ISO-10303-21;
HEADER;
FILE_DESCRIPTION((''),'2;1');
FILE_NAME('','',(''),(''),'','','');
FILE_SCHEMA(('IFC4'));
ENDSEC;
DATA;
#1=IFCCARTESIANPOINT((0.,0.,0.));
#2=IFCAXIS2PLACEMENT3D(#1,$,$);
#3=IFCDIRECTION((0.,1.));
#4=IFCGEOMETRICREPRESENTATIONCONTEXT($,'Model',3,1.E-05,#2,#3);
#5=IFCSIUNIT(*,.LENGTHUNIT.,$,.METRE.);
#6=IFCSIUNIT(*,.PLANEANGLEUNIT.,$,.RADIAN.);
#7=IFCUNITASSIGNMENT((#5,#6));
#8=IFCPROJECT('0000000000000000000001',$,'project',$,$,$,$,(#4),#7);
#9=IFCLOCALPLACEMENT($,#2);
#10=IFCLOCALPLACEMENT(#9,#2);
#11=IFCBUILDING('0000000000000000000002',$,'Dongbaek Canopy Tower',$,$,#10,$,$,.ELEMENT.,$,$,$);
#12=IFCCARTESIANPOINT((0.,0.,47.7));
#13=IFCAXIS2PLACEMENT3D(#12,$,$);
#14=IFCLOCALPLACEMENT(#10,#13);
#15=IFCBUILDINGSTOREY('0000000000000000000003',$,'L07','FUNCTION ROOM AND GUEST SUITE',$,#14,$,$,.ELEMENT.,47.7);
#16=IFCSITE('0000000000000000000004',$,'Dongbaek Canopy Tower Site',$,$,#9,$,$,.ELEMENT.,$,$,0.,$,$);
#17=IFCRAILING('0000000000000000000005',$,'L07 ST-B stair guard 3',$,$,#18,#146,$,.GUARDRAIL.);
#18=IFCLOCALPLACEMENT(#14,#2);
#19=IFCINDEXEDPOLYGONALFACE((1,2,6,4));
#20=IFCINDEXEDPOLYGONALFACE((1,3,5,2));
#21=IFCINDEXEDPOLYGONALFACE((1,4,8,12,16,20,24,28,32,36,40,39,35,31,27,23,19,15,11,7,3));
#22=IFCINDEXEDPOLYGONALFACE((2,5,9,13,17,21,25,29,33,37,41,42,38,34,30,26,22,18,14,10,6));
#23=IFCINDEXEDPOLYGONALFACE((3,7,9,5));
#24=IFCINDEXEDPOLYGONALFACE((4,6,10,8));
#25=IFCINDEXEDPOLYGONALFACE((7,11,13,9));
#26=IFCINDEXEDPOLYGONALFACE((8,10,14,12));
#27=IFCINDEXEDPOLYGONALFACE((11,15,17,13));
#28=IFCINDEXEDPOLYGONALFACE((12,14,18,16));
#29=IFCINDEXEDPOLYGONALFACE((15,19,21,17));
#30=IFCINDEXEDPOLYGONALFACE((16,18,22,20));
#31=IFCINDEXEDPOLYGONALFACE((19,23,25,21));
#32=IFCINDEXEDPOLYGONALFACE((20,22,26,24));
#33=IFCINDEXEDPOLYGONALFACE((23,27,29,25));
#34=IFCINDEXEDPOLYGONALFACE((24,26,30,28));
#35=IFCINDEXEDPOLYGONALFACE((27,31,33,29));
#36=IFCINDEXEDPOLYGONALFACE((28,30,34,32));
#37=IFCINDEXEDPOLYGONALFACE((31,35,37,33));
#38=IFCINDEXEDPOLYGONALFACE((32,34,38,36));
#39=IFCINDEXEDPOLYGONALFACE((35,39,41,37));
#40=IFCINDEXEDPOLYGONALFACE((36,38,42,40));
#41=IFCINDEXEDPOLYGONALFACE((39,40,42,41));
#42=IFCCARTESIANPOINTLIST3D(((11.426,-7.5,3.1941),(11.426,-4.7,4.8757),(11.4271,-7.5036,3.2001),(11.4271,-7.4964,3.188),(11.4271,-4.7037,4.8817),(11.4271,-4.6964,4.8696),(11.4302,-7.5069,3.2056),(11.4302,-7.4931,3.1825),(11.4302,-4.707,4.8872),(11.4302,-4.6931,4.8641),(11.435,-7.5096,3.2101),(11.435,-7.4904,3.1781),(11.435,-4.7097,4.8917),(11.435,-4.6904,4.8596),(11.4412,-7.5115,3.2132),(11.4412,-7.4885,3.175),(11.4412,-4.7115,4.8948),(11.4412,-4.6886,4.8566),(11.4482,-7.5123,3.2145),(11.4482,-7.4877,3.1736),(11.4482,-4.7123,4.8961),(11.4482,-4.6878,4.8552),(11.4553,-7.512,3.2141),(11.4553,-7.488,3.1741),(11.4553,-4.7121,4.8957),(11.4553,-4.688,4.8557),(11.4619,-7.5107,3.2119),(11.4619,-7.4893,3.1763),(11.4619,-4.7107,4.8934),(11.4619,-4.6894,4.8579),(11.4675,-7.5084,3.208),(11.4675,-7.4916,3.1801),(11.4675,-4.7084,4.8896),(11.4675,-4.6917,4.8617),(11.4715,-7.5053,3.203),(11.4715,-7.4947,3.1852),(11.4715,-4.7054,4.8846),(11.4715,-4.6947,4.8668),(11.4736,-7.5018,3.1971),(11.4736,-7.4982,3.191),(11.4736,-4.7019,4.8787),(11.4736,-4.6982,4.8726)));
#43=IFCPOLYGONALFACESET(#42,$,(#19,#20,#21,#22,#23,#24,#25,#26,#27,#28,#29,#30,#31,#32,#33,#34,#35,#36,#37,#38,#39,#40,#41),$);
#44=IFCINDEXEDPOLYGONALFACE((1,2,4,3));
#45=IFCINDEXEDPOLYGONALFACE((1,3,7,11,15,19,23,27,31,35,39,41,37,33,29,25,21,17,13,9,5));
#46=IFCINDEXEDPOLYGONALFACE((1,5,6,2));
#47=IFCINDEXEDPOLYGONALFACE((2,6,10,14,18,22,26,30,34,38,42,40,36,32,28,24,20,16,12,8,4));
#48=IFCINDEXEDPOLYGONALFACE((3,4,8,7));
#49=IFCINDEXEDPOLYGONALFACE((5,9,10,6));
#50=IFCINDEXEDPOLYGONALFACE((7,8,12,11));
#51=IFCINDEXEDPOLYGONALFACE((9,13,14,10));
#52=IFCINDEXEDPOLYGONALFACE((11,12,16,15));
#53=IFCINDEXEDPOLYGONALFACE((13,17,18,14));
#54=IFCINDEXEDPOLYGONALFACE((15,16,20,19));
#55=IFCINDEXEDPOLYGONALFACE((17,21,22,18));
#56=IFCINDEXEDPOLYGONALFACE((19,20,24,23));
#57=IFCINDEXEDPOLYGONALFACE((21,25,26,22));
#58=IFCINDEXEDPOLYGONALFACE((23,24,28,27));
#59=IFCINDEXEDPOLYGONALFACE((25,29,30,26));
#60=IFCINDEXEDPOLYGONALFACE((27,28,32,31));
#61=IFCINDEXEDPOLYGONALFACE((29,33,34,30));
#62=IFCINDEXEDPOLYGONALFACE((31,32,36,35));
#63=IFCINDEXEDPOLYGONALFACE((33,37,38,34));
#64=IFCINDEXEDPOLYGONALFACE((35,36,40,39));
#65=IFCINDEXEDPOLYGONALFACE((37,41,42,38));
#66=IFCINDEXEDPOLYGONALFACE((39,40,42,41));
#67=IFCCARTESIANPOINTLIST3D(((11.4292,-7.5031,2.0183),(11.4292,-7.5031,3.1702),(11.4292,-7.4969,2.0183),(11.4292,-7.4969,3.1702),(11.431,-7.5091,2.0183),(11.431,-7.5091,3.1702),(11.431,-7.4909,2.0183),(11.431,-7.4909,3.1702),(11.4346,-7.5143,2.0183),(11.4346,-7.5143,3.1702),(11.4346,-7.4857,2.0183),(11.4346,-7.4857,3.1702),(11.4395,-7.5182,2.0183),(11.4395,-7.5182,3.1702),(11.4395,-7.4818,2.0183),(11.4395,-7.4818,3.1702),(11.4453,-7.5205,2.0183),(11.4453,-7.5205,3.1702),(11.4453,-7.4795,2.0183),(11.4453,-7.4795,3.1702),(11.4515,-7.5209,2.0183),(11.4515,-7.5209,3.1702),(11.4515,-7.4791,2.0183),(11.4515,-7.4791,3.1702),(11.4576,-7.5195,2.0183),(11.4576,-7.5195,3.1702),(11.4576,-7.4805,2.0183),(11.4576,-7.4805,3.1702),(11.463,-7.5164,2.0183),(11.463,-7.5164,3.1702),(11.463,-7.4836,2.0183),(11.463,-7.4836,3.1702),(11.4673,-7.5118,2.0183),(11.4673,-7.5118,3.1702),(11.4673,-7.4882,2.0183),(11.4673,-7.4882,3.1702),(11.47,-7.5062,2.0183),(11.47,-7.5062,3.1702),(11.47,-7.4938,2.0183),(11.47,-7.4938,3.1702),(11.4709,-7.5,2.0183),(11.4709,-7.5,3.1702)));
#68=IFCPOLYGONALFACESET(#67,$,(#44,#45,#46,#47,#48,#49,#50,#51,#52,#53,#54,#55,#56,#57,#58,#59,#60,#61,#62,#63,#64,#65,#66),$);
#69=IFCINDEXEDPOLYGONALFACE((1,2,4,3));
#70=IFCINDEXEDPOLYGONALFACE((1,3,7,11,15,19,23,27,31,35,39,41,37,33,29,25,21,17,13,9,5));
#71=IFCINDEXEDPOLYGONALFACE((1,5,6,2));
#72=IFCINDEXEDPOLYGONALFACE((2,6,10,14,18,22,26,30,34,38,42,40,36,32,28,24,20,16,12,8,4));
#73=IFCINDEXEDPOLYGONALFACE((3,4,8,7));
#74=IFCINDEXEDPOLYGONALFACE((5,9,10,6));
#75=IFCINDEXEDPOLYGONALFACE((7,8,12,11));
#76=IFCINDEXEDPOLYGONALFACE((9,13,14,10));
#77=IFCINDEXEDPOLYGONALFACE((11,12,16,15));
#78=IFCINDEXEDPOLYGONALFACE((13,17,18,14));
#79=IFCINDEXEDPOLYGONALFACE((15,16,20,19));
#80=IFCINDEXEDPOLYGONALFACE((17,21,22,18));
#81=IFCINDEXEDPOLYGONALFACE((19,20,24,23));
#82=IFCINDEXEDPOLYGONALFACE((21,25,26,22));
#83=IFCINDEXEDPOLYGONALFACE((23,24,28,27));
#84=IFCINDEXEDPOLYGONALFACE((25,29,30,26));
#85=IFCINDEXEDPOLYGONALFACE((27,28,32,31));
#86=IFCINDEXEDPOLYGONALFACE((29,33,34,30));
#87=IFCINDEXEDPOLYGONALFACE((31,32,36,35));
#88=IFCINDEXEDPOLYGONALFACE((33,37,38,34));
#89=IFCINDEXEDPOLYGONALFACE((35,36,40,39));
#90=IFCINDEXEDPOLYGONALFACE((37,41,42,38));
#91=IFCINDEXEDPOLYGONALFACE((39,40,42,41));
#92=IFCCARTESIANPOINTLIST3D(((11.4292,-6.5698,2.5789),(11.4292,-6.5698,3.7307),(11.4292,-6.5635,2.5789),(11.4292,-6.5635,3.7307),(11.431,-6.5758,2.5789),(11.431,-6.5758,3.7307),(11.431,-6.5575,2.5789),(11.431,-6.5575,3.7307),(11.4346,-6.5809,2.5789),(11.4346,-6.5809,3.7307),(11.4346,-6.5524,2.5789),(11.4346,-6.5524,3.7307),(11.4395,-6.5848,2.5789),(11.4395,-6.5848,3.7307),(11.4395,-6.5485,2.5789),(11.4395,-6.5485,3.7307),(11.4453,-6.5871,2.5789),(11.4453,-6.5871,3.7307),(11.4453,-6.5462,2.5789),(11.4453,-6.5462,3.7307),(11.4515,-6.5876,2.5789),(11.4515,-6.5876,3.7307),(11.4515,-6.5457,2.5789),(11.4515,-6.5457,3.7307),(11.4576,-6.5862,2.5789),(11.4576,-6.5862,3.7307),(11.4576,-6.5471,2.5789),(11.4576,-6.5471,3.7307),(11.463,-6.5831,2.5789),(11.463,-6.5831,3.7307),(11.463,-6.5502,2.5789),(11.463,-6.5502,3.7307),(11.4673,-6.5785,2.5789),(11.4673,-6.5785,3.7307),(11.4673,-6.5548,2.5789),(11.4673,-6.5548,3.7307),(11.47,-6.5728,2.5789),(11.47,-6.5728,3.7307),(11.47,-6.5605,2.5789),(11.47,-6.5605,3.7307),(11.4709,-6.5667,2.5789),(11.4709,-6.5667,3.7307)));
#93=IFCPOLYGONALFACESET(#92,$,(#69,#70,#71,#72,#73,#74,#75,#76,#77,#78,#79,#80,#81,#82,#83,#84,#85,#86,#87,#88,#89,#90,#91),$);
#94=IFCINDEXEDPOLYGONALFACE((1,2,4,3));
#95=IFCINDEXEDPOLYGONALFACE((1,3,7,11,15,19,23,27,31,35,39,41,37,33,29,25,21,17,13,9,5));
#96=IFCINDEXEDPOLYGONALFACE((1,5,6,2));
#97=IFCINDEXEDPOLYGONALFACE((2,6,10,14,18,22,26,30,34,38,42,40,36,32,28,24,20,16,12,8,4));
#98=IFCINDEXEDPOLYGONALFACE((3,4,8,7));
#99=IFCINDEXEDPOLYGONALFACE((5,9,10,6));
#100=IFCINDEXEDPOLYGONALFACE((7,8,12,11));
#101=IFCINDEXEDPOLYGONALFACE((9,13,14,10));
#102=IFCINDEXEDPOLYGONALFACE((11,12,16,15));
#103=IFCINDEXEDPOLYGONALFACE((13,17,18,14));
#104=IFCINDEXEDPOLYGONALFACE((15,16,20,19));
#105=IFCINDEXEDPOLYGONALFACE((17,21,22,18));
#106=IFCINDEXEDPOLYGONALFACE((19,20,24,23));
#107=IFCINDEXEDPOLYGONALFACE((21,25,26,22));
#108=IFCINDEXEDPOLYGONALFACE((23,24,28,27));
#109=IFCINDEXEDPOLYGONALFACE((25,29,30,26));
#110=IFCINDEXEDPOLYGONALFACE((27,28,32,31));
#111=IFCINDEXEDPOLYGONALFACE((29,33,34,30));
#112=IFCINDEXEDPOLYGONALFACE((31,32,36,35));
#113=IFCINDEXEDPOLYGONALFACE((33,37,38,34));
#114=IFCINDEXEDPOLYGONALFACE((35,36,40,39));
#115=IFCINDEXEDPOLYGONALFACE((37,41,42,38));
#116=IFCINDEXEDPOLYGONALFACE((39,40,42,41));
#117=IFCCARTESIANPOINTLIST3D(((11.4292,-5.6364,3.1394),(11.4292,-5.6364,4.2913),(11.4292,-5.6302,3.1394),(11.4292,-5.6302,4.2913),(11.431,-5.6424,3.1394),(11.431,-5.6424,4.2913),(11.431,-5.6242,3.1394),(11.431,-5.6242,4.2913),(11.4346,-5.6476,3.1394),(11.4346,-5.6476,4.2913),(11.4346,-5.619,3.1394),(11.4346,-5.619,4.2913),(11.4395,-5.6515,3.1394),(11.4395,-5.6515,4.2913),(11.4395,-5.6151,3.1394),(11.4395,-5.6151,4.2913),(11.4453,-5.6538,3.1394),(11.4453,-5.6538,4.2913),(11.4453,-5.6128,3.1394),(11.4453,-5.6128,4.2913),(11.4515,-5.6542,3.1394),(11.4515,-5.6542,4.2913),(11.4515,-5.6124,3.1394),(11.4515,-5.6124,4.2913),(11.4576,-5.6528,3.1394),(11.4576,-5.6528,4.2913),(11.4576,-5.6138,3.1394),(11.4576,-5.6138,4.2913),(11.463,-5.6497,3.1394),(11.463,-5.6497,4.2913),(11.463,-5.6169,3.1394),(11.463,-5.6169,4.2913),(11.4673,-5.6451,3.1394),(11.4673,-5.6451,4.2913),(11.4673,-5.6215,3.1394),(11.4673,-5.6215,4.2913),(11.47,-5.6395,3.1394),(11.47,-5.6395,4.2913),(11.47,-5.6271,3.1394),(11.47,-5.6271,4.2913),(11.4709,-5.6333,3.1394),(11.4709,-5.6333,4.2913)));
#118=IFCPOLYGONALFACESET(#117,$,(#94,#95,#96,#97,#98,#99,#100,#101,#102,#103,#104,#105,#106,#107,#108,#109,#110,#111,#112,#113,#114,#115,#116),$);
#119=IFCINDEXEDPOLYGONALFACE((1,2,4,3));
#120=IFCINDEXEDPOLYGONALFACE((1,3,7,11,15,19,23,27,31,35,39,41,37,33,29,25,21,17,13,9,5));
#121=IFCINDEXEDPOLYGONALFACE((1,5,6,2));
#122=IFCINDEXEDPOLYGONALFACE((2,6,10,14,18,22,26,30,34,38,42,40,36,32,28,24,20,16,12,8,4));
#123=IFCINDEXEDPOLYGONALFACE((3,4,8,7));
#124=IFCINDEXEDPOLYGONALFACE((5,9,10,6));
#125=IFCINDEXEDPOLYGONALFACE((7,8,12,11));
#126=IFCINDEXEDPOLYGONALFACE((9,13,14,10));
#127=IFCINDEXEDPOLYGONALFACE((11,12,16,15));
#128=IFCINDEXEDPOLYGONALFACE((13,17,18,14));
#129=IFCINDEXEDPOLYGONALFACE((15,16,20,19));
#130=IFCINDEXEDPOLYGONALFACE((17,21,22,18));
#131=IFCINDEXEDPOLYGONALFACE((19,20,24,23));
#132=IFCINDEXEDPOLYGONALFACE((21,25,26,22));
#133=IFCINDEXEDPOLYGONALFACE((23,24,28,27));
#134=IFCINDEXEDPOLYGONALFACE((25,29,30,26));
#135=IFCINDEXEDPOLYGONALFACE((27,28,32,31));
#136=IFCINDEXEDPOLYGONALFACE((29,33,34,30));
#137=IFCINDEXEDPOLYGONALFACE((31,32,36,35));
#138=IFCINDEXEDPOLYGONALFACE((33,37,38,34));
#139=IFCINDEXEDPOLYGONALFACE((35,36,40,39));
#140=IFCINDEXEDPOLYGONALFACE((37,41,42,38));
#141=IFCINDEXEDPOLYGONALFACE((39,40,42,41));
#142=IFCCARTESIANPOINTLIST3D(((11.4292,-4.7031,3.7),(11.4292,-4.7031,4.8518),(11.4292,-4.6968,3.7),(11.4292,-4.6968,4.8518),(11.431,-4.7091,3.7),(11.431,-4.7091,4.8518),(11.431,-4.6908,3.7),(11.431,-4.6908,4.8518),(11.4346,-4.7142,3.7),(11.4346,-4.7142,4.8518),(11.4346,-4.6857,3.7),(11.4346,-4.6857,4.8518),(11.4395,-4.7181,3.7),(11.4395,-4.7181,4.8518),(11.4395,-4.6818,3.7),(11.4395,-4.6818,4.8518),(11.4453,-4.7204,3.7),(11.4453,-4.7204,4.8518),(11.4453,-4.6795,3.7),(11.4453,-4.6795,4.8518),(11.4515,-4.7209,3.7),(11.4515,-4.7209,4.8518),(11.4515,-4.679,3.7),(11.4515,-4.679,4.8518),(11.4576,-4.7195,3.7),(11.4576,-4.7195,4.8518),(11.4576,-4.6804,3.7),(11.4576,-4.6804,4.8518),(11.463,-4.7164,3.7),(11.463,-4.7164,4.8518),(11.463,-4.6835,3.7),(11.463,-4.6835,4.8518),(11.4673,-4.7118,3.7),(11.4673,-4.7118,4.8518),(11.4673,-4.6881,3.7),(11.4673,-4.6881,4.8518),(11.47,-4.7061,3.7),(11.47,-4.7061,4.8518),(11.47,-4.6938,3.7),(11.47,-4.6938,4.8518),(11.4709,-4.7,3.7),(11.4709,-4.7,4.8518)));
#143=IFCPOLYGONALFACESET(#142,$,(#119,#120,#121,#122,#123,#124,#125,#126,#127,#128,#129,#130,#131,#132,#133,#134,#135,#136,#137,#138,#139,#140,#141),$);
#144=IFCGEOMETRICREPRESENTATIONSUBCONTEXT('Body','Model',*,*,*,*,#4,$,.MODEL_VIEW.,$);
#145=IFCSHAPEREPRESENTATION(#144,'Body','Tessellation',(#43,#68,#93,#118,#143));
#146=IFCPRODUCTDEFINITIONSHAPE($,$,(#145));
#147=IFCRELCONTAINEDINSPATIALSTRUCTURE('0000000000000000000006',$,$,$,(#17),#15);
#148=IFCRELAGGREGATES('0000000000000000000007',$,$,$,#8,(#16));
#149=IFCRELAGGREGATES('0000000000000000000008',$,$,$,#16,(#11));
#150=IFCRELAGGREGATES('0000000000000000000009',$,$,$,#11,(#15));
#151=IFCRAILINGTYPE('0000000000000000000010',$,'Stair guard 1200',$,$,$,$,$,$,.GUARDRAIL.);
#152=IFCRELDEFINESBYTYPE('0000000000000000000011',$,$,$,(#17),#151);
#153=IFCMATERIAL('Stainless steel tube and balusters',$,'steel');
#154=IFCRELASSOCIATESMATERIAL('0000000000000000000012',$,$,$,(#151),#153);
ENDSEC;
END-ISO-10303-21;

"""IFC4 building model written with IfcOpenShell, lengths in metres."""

from ifc_helpers import new_model, si_unit, direction, frame, origin, origin_2d, place, context, subcontext, project, spatial, circle, extrude, material, type_object, element, save


model = new_model("IFC4")

# Units and contexts
model_context = context("Model", 3, precision=1e-05, world=origin(), true_north=direction((0.0, 1.0)))
body_context = subcontext(model_context, "Body", "Model", "MODEL_VIEW")
ifc_project = project(units=[si_unit("LENGTHUNIT", "METRE"), si_unit("PLANEANGLEUNIT", "RADIAN")], contexts=[model_context])

# Site, building, storey
site_placement = place(None, origin())
site = spatial("IfcSite", under=ifc_project, at=site_placement, Name="Dongbaek Canopy Tower Site", CompositionType="ELEMENT", RefElevation=0.0)
building_placement = place(site_placement, origin())
building = spatial("IfcBuilding", under=site, at=building_placement, Name="Dongbaek Canopy Tower", CompositionType="ELEMENT")
storey_placement = place(building_placement, frame((0.0, 0.0, 47.7)))
storey = spatial("IfcBuildingStorey", under=building, at=storey_placement, Name="L07", Description="FUNCTION ROOM AND GUEST SUITE", CompositionType="ELEMENT", Elevation=47.7)

# Railing
ifc_material_1 = material(Name="Stainless steel tube and balusters", Category="steel")
railing_type_1 = type_object("IfcRailingType", Name="Stair guard 1200", PredefinedType="GUARDRAIL", material=ifc_material_1)
railing_1_placement = place(storey_placement, frame((11.45, -7.5, 2.0183)))
element("IfcRailing", 1, at=railing_1_placement, inside=storey, type_object=railing_type_1, Name="L07 ST-B stair guard 3", PredefinedType="GUARDRAIL", context=body_context, shape_type="SweptSolid", body=[
    extrude(circle(Radius=0.0239, at=origin_2d()), frame((0.0, 0.0, 1.1758), z_axis=(0.0, 0.857275, 0.514858), x_axis=(-1.0, 0.0, 0.0)), (0.0, 0.0, 1.0), 3.2661),
    extrude(circle(Radius=0.021, at=origin_2d()), origin(), (0.0, 0.0, 1.0), 1.1519),
    extrude(circle(Radius=0.021, at=origin_2d()), frame((0.0, 0.9333, 0.5605)), (0.0, 0.0, 1.0), 1.1519),
    extrude(circle(Radius=0.021, at=origin_2d()), frame((0.0, 1.8667, 1.1211)), (0.0, 0.0, 1.0), 1.1519),
    extrude(circle(Radius=0.021, at=origin_2d()), frame((0.0, 2.8, 1.6816)), (0.0, 0.0, 1.0), 1.1519),
])

save(model, "model.ifc")
